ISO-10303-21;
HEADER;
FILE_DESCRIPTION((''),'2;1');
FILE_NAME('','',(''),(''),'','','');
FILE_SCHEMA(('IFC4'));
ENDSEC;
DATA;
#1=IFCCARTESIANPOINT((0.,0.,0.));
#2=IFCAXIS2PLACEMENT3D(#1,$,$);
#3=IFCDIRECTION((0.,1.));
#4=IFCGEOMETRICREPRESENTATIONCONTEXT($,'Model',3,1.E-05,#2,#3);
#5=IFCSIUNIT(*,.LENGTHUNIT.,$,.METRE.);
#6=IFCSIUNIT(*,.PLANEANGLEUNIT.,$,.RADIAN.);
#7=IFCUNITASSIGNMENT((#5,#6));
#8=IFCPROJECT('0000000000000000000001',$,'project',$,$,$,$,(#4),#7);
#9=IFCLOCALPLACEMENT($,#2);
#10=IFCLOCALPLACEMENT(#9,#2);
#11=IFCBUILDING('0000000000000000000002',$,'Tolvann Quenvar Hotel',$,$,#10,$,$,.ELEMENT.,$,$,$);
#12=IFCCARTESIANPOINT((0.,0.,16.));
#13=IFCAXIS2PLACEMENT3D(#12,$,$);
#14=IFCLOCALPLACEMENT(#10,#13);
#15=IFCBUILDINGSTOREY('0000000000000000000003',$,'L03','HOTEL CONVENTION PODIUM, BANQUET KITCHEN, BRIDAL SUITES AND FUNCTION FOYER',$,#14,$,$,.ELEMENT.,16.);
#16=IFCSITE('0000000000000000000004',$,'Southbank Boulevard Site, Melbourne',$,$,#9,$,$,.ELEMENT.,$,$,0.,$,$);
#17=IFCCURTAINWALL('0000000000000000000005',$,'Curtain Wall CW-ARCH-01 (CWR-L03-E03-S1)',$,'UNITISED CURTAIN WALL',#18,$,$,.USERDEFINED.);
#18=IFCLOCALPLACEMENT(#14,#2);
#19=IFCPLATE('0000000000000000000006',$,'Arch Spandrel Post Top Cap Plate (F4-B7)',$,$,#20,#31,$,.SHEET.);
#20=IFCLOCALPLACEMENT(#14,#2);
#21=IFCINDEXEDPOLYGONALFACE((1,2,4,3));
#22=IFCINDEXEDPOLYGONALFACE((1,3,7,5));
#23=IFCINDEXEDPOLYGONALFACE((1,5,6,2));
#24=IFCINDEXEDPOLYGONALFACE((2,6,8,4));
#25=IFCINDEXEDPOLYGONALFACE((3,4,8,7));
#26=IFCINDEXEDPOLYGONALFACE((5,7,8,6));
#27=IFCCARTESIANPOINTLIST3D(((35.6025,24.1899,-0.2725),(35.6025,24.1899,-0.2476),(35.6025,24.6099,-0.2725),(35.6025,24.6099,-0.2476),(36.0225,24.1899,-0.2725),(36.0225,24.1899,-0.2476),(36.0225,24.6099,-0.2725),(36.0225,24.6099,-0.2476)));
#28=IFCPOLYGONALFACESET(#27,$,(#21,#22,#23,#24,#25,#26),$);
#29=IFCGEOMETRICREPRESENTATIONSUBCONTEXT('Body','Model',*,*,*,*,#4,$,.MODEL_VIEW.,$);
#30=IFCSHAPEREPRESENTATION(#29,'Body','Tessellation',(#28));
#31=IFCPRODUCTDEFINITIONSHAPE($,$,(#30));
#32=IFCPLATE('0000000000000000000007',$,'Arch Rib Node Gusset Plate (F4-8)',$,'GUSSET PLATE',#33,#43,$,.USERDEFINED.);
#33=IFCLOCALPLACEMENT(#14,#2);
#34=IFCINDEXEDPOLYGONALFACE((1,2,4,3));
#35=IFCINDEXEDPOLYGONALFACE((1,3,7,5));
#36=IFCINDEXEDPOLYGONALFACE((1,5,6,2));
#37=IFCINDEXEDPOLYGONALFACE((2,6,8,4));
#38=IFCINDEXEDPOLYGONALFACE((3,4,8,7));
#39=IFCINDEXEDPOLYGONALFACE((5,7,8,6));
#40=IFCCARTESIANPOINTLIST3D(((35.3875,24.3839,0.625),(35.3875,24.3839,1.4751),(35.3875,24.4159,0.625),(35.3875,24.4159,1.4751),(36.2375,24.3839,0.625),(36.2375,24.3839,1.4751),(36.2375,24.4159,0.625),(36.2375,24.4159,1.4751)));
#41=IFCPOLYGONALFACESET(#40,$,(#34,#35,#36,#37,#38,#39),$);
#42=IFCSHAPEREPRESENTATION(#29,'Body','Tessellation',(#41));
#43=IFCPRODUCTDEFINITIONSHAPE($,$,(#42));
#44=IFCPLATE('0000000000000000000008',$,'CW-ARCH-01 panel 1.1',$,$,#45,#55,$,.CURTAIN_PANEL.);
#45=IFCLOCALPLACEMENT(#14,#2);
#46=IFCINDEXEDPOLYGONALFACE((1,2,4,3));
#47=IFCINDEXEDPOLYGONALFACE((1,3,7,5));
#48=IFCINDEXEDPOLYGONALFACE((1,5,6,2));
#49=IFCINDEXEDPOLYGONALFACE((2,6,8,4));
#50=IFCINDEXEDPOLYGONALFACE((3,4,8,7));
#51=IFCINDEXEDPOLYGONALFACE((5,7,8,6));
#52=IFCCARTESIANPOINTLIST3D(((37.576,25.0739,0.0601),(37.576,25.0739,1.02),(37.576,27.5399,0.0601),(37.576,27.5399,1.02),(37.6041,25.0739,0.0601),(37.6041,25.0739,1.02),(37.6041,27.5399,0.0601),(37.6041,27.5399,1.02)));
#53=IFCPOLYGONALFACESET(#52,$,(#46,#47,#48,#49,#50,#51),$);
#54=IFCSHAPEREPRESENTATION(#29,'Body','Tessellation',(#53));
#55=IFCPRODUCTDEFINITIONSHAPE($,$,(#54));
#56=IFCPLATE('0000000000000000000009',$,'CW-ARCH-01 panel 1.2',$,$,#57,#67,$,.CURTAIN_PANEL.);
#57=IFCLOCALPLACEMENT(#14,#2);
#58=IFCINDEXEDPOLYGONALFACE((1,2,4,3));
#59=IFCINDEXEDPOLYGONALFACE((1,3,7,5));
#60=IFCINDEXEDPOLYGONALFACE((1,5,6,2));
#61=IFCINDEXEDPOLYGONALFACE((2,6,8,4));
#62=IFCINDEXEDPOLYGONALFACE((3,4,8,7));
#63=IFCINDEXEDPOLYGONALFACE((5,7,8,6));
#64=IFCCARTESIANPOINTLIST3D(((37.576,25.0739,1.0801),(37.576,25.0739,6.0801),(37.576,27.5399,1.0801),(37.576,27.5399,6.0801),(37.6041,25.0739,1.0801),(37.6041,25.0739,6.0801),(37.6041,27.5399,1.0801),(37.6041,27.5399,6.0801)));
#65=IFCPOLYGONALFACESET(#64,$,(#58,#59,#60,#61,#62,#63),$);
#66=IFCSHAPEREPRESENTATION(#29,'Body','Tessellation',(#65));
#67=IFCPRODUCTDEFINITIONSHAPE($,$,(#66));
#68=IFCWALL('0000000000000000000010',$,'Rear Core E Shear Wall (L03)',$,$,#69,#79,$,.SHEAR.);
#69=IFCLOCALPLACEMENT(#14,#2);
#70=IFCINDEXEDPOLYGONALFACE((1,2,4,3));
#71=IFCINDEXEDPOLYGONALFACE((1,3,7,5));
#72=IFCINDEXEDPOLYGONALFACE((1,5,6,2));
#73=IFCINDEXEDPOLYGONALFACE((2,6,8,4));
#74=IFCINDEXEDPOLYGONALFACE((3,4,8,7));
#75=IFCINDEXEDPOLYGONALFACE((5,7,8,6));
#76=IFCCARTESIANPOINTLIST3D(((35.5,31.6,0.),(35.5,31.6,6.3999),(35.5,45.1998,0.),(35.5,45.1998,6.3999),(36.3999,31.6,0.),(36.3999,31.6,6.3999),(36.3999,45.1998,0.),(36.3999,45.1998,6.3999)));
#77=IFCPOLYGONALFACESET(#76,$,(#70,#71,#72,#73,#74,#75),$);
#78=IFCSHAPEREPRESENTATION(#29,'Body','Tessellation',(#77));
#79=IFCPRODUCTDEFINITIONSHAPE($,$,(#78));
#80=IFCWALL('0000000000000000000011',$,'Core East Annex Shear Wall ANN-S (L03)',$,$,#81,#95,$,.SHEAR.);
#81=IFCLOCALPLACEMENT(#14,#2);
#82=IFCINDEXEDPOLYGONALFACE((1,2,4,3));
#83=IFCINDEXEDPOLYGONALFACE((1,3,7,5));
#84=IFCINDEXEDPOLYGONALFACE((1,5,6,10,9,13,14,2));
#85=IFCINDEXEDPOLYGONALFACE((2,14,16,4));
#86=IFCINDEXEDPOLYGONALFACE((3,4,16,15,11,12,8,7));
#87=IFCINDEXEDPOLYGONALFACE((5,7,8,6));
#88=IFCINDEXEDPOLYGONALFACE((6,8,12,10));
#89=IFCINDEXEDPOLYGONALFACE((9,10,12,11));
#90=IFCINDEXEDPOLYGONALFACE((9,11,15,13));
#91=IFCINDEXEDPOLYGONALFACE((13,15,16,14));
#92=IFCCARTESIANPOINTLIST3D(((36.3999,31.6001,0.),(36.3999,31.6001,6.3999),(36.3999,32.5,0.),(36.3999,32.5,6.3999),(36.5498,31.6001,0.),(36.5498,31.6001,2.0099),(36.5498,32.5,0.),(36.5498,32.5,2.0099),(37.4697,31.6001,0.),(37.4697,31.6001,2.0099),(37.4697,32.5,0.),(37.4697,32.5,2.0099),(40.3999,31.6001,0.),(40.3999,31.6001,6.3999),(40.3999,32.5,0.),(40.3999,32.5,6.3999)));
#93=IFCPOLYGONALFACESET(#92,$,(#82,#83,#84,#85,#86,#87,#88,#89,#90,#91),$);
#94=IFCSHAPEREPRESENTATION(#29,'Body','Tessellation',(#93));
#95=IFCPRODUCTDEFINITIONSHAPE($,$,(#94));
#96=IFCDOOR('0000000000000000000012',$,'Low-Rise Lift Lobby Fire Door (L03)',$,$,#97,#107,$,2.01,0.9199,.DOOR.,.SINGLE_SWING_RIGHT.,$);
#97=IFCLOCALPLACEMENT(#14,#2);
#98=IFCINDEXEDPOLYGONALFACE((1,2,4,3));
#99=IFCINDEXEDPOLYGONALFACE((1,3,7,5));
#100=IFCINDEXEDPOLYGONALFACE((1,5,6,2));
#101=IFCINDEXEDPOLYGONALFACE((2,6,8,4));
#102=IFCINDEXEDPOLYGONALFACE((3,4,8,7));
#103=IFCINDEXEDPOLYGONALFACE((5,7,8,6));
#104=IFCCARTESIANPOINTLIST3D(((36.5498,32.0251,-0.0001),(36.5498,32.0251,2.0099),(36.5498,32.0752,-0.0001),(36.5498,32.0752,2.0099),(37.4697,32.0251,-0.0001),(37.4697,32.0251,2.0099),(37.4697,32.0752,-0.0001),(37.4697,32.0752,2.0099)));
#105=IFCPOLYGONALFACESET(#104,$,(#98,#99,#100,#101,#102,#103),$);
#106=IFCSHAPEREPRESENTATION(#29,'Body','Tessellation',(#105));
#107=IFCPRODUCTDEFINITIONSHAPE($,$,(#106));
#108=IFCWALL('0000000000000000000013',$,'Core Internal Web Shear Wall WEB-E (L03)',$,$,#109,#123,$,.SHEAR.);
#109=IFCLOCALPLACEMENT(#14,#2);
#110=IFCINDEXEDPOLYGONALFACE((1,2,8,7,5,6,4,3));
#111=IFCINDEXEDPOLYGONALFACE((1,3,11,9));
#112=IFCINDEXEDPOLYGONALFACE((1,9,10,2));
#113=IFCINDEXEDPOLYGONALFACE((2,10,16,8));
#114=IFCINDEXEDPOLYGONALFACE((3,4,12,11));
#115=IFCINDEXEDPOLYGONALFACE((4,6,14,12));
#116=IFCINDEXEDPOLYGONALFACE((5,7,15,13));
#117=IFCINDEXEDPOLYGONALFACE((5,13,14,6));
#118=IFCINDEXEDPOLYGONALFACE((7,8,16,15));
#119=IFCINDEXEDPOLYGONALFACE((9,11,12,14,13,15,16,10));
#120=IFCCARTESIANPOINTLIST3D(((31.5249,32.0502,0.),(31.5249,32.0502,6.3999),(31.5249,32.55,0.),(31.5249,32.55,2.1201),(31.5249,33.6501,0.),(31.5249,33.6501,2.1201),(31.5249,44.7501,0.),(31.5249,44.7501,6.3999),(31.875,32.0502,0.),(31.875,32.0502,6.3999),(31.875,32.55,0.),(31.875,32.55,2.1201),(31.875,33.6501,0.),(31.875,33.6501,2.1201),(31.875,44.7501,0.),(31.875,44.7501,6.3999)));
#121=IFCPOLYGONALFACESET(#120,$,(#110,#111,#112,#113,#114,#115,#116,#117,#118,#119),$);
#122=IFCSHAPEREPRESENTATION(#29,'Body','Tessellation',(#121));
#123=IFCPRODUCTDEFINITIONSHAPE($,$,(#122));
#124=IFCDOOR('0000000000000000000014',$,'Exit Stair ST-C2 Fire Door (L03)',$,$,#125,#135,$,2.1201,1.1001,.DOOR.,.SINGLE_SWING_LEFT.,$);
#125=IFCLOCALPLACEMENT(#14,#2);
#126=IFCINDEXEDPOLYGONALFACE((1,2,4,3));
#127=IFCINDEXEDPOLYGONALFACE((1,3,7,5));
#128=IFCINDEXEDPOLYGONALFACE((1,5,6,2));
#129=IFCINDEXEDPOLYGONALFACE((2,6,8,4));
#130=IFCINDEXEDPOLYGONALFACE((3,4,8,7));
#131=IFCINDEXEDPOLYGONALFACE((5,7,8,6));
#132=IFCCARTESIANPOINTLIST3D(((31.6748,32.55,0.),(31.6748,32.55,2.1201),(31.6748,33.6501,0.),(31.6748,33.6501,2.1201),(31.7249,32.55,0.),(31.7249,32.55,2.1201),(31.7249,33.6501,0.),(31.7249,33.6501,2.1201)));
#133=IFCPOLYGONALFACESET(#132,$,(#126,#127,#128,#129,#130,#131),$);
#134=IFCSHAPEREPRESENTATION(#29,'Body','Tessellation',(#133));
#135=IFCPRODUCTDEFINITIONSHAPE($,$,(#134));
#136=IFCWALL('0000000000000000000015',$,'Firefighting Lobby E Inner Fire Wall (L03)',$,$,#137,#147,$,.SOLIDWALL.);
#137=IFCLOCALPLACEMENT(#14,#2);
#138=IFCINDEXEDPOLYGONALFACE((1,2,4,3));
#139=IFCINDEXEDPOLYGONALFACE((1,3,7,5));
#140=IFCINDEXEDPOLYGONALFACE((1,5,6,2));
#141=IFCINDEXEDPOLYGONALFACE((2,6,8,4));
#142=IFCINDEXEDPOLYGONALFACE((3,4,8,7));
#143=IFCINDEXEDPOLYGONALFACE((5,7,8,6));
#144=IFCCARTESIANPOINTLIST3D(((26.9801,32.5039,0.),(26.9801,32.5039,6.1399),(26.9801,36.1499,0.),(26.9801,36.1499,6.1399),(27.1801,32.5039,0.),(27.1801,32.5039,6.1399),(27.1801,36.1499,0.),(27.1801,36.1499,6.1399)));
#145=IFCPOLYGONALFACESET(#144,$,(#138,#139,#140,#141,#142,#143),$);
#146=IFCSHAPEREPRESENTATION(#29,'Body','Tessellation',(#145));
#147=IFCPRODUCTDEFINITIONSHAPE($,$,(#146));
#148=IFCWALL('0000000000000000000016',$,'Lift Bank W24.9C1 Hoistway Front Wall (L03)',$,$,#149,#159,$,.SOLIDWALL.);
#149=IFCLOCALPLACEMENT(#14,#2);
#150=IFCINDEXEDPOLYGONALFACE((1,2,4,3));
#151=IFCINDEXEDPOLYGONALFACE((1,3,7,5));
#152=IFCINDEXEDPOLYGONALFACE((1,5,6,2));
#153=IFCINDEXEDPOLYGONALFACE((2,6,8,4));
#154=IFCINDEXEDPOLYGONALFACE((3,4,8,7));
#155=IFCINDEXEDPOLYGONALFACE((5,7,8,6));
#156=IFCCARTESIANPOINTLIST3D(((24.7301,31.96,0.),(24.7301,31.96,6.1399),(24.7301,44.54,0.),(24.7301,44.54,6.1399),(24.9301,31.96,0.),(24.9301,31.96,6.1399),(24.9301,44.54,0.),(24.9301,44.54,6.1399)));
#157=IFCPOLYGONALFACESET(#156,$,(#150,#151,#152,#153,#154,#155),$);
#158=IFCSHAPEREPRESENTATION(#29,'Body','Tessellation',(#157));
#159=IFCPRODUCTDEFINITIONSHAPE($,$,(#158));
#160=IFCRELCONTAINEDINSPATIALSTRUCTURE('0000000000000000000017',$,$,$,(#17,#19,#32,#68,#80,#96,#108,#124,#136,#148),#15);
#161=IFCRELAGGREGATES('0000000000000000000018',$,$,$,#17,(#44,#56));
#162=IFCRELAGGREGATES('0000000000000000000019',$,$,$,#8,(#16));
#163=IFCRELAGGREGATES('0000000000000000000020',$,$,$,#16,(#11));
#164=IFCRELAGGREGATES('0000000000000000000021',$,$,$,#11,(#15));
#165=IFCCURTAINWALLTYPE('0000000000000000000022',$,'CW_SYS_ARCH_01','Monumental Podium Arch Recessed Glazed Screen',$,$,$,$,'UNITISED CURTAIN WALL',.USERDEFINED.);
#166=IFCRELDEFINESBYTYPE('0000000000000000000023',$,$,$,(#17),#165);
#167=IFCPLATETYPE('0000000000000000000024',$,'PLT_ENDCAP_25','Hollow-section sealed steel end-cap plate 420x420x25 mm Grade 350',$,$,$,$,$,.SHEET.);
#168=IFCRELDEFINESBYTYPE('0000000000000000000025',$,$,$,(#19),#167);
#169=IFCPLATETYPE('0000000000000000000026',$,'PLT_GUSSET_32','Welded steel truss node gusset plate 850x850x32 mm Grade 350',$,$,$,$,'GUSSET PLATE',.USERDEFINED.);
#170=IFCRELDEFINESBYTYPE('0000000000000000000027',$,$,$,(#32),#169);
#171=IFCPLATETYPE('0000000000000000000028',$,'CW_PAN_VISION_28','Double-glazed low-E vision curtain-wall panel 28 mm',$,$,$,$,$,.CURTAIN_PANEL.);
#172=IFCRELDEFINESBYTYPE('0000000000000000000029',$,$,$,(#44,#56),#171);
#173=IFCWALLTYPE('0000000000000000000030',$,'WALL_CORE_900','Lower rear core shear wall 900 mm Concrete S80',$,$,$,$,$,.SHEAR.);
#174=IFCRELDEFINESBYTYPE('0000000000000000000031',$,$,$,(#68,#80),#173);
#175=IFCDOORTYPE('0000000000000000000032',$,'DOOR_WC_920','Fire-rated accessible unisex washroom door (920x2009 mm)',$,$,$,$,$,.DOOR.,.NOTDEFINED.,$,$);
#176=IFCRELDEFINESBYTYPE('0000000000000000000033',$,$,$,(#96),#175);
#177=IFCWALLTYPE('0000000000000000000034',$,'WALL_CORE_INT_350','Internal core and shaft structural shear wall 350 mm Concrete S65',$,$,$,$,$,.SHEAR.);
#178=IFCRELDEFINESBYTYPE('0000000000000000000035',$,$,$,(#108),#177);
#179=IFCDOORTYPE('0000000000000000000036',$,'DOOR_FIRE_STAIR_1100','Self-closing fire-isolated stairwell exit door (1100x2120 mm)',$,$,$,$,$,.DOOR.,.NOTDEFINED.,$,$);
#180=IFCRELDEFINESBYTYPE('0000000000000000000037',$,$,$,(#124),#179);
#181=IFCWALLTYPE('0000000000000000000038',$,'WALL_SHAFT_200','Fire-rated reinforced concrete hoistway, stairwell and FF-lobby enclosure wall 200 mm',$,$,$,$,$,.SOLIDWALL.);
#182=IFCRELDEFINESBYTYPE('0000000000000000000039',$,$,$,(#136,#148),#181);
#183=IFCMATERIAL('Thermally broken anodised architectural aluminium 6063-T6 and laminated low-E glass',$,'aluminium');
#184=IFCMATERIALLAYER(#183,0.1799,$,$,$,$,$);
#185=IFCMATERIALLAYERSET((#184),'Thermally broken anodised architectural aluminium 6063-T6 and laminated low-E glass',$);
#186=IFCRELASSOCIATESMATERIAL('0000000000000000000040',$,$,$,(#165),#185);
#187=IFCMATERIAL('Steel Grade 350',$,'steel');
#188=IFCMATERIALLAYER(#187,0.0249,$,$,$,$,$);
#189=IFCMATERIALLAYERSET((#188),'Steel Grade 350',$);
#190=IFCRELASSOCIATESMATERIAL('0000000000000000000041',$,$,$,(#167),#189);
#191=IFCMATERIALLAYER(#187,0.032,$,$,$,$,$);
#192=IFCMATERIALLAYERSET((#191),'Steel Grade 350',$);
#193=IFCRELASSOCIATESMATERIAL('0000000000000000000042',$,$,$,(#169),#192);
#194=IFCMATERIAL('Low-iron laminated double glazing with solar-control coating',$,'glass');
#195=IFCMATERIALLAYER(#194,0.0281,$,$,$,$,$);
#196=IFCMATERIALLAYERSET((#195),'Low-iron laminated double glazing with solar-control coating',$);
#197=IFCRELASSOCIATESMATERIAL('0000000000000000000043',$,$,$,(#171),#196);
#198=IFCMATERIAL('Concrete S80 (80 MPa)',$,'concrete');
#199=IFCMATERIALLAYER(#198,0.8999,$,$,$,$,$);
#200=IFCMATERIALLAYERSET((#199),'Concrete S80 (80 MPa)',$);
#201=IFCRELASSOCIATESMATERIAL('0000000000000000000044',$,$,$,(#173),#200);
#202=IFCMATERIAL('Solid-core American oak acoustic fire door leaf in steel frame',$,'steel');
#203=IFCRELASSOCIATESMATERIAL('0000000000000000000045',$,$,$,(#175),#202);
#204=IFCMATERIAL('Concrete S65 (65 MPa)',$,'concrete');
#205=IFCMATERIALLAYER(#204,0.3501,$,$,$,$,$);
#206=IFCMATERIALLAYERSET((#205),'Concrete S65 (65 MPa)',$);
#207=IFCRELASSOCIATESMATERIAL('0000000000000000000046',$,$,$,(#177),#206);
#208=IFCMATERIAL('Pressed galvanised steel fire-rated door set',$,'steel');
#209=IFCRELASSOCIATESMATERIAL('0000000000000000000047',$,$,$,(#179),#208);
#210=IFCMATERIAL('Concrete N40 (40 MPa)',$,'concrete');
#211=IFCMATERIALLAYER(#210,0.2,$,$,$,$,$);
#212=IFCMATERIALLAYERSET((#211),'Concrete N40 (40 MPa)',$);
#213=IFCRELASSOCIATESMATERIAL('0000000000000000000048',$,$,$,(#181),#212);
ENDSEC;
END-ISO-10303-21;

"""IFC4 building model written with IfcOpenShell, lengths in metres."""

from ifc_helpers import new_model, si_unit, direction, frame, frame_2d, origin, origin_2d, place, context, subcontext, project, spatial, rectangle, extrude, source, transform, mapped, material, layer, layer_set, type_object, type_shapes, element, fill, aggregate, save


model = new_model("IFC4")

# Units and contexts
model_context = context("Model", 3, precision=1e-05, world=origin(), true_north=direction((0.0, 1.0)))
body_context = subcontext(model_context, "Body", "Model", "MODEL_VIEW")
ifc_project = project(units=[si_unit("LENGTHUNIT", "METRE"), si_unit("PLANEANGLEUNIT", "RADIAN")], contexts=[model_context])

# Site, building, storey
site_placement = place(None, origin())
site = spatial("IfcSite", under=ifc_project, at=site_placement, Name="Southbank Boulevard Site, Melbourne", CompositionType="ELEMENT", RefElevation=0.0)
building_placement = place(site_placement, origin())
building = spatial("IfcBuilding", under=site, at=building_placement, Name="Tolvann Quenvar Hotel", CompositionType="ELEMENT")
storey_placement = place(building_placement, frame((0.0, 0.0, 16.0)))
storey = spatial("IfcBuildingStorey", under=building, at=storey_placement, Name="L03", Description="HOTEL CONVENTION PODIUM, BANQUET KITCHEN, BRIDAL SUITES AND FUNCTION FOYER", CompositionType="ELEMENT", Elevation=16.0)

# Shared definitions
ifc_material_1 = material(Name="Steel Grade 350", Category="steel")

# Curtain wall
ifc_material_2 = material(Name="Thermally broken anodised architectural aluminium 6063-T6 and laminated low-E glass", Category="aluminium")
ifc_layer_1 = layer(ifc_material_2, 0.1799)
ifc_layer_set_1 = layer_set([ifc_layer_1], Name="Thermally broken anodised architectural aluminium 6063-T6 and laminated low-E glass")
curtain_wall_type = type_object("IfcCurtainWallType", Name="CW_SYS_ARCH_01", Description="Monumental Podium Arch Recessed Glazed Screen", ElementType="UNITISED CURTAIN WALL", PredefinedType="USERDEFINED", material=ifc_layer_set_1)
curtain_wall_placement = place(storey_placement, origin())
curtain_wall = element("IfcCurtainWall", 1, at=curtain_wall_placement, inside=storey, type_object=curtain_wall_type, Name="Curtain Wall CW-ARCH-01 (CWR-L03-E03-S1)", ObjectType="UNITISED CURTAIN WALL", PredefinedType="USERDEFINED")

# Plates
ifc_layer_2 = layer(ifc_material_1, 0.0249)
ifc_layer_set_2 = layer_set([ifc_layer_2], Name="Steel Grade 350")
plate_type_1 = type_object("IfcPlateType", Name="PLT_ENDCAP_25", Description="Hollow-section sealed steel end-cap plate 420x420x25 mm Grade 350", PredefinedType="SHEET", material=ifc_layer_set_2)
shared_shape_1 = source(origin(), body_context, "Body", "SweptSolid", [
    extrude(rectangle(XDim=0.4199, YDim=0.4199, at=origin_2d()), origin(), (0.0, 0.0, 1.0), 0.0249),
])
type_shapes(plate_type_1, [shared_shape_1])
plate_1_placement = place(storey_placement, frame((35.8125, 24.3999, -0.2725), z_axis=(0.0, 0.0, 1.0), x_axis=(1.0, 0.0, 0.0)))
element("IfcPlate", 2, at=plate_1_placement, inside=storey, type_object=plate_type_1, Name="Arch Spandrel Post Top Cap Plate (F4-B7)", PredefinedType="SHEET", context=body_context, shape_type="MappedRepresentation", body=[
    mapped(shared_shape_1, transform((0.0, 0.0, 0.0), x_axis=(1.0, 0.0, 0.0), y_axis=(0.0, 1.0, 0.0), z_axis=(0.0, 0.0, 1.0), scale=1.0)),
])
ifc_layer_3 = layer(ifc_material_1, 0.032)
ifc_layer_set_3 = layer_set([ifc_layer_3], Name="Steel Grade 350")
plate_type_2 = type_object("IfcPlateType", Name="PLT_GUSSET_32", Description="Welded steel truss node gusset plate 850x850x32 mm Grade 350", ElementType="GUSSET PLATE", PredefinedType="USERDEFINED", material=ifc_layer_set_3)
shared_shape_2 = source(origin(), body_context, "Body", "SweptSolid", [
    extrude(rectangle(XDim=0.8501, YDim=0.032, at=origin_2d()), origin(), (0.0, 0.0, 1.0), 0.8501),
])
type_shapes(plate_type_2, [shared_shape_2])
plate_2_placement = place(storey_placement, frame((35.8125, 24.3999, 0.625), z_axis=(0.0, 0.0, 1.0), x_axis=(1.0, 0.0, 0.0)))
element("IfcPlate", 3, at=plate_2_placement, inside=storey, type_object=plate_type_2, Name="Arch Rib Node Gusset Plate (F4-8)", ObjectType="GUSSET PLATE", PredefinedType="USERDEFINED", context=body_context, shape_type="MappedRepresentation", body=[
    mapped(shared_shape_2, transform((0.0, 0.0, 0.0), x_axis=(1.0, 0.0, 0.0), y_axis=(0.0, 1.0, 0.0), z_axis=(0.0, 0.0, 1.0), scale=1.0)),
])

# Plates
ifc_material_3 = material(Name="Low-iron laminated double glazing with solar-control coating", Category="glass")
ifc_layer_4 = layer(ifc_material_3, 0.0281)
ifc_layer_set_4 = layer_set([ifc_layer_4], Name="Low-iron laminated double glazing with solar-control coating")
plate_type_3 = type_object("IfcPlateType", Name="CW_PAN_VISION_28", Description="Double-glazed low-E vision curtain-wall panel 28 mm", PredefinedType="CURTAIN_PANEL", material=ifc_layer_set_4)
shared_shape_3 = source(origin(), body_context, "Body", "SweptSolid", [
    extrude(rectangle(XDim=2.4661, YDim=0.0281, at=origin_2d()), origin(), (0.0, 0.0, 1.0), 0.96),
])
plate_3_placement = place(storey_placement, frame((37.5901, 26.3069, 0.0601), z_axis=(0.0, 0.0, 1.0), x_axis=(0.0, -1.0, 0.0)))
plate_3 = element("IfcPlate", 4, at=plate_3_placement, type_object=plate_type_3, Name="CW-ARCH-01 panel 1.1", PredefinedType="CURTAIN_PANEL", context=body_context, shape_type="MappedRepresentation", body=[
    mapped(shared_shape_3, transform((0.0, 0.0, 0.0), x_axis=(1.0, 0.0, 0.0), y_axis=(0.0, 1.0, 0.0), z_axis=(0.0, 0.0, 1.0), scale=1.0)),
])
shared_shape_4 = source(origin(), body_context, "Body", "SweptSolid", [
    extrude(rectangle(XDim=2.4661, YDim=0.0281, at=origin_2d()), origin(), (0.0, 0.0, 1.0), 5.0),
])
type_shapes(plate_type_3, [shared_shape_3, shared_shape_4])
plate_4_placement = place(storey_placement, frame((37.5901, 26.3069, 1.0801), z_axis=(0.0, 0.0, 1.0), x_axis=(0.0, -1.0, 0.0)))
plate_4 = element("IfcPlate", 5, at=plate_4_placement, type_object=plate_type_3, Name="CW-ARCH-01 panel 1.2", PredefinedType="CURTAIN_PANEL", context=body_context, shape_type="MappedRepresentation", body=[
    mapped(shared_shape_4, transform((0.0, 0.0, 0.0), x_axis=(1.0, 0.0, 0.0), y_axis=(0.0, 1.0, 0.0), z_axis=(0.0, 0.0, 1.0), scale=1.0)),
])
aggregate(curtain_wall, [plate_3, plate_4])

# Wall
ifc_material_4 = material(Name="Concrete S80 (80 MPa)", Category="concrete")
ifc_layer_5 = layer(ifc_material_4, 0.8999)
ifc_layer_set_5 = layer_set([ifc_layer_5], Name="Concrete S80 (80 MPa)")
wall_type_1 = type_object("IfcWallType", Name="WALL_CORE_900", Description="Lower rear core shear wall 900 mm Concrete S80", PredefinedType="SHEAR", material=ifc_layer_set_5)
wall_1_placement = place(storey_placement, frame((35.95, 31.6001, 0.0), z_axis=(0.0, 0.0, 1.0), x_axis=(0.0, 1.0, 0.0)))
element("IfcWall", 6, at=wall_1_placement, inside=storey, type_object=wall_type_1, Name="Rear Core E Shear Wall (L03)", PredefinedType="SHEAR", context=body_context, shape_type="SweptSolid", body=[
    extrude(rectangle(XDim=13.5999, YDim=0.8999, at=frame_2d((6.7998, 0.0))), origin(), (0.0, 0.0, 1.0), 6.3999),
])

# Walls, openings, doors
wall_2_placement = place(storey_placement, frame((36.3999, 32.05, 0.0), z_axis=(0.0, 0.0, 1.0), x_axis=(1.0, 0.0, 0.0)))
wall_2 = element("IfcWall", 7, at=wall_2_placement, inside=storey, type_object=wall_type_1, Name="Core East Annex Shear Wall ANN-S (L03)", PredefinedType="SHEAR", context=body_context, shape_type="SweptSolid", body=[
    extrude(rectangle(XDim=4.0, YDim=0.8999, at=frame_2d((2.0, 0.0))), origin(), (0.0, 0.0, 1.0), 6.3999),
])
opening_1_placement = place(wall_2_placement, frame((1.0698, 0.0, 0.0), z_axis=(0.0, 0.0, 1.0), x_axis=(-1.0, 0.0, 0.0)))
opening_1 = element("IfcOpeningElement", 8, at=opening_1_placement, cuts=wall_2, PredefinedType="OPENING", context=body_context, shape_type="SweptSolid", body=[
    extrude(rectangle(XDim=0.9199, YDim=2.01, at=frame_2d((0.46, 1.0049))), frame((0.0, 0.46, 0.0), z_axis=(0.0, -1.0, 0.0), x_axis=(1.0, 0.0, 0.0)), (0.0, 0.0, 1.0), 0.9199),
])
ifc_material_5 = material(Name="Solid-core American oak acoustic fire door leaf in steel frame", Category="steel")
door_type_1 = type_object("IfcDoorType", Name="DOOR_WC_920", Description="Fire-rated accessible unisex washroom door (920x2009 mm)", OperationType="NOTDEFINED", PredefinedType="DOOR", material=ifc_material_5)
shared_shape_5 = source(origin(), body_context, "Body", "SweptSolid", [
    extrude(rectangle(XDim=0.9199, YDim=2.01, at=frame_2d((0.46, 1.0049))), frame((0.0, 0.0249, 0.0), z_axis=(0.0, -1.0, 0.0), x_axis=(1.0, 0.0, 0.0)), (0.0, 0.0, 1.0), 0.05),
])
type_shapes(door_type_1, [shared_shape_5])
door_1_placement = place(opening_1_placement, origin())
door_1 = element("IfcDoor", 9, at=door_1_placement, inside=storey, type_object=door_type_1, Name="Low-Rise Lift Lobby Fire Door (L03)", OperationType="SINGLE_SWING_RIGHT", OverallHeight=2.01, OverallWidth=0.9199, PredefinedType="DOOR", context=body_context, shape_type="MappedRepresentation", body=[
    mapped(shared_shape_5, transform((0.0, 0.0, 0.0), x_axis=(1.0, 0.0, 0.0), y_axis=(0.0, 1.0, 0.0), z_axis=(0.0, 0.0, 1.0), scale=1.0)),
])
fill(opening_1, door_1)
ifc_material_6 = material(Name="Concrete S65 (65 MPa)", Category="concrete")
ifc_layer_6 = layer(ifc_material_6, 0.3501)
ifc_layer_set_6 = layer_set([ifc_layer_6], Name="Concrete S65 (65 MPa)")
wall_type_2 = type_object("IfcWallType", Name="WALL_CORE_INT_350", Description="Internal core and shaft structural shear wall 350 mm Concrete S65", PredefinedType="SHEAR", material=ifc_layer_set_6)
wall_3_placement = place(storey_placement, frame((31.7, 32.05, 0.0), z_axis=(0.0, 0.0, 1.0), x_axis=(0.0, 1.0, 0.0)))
wall_3 = element("IfcWall", 10, at=wall_3_placement, inside=storey, type_object=wall_type_2, Name="Core Internal Web Shear Wall WEB-E (L03)", PredefinedType="SHEAR", context=body_context, shape_type="SweptSolid", body=[
    extrude(rectangle(XDim=12.7, YDim=0.3501, at=frame_2d((6.3501, 0.0))), origin(), (0.0, 0.0, 1.0), 6.3999),
])
opening_2_placement = place(wall_3_placement, frame((1.6001, 0.0, 0.0), z_axis=(0.0, 0.0, 1.0), x_axis=(-1.0, 0.0, 0.0)))
opening_2 = element("IfcOpeningElement", 11, at=opening_2_placement, cuts=wall_3, PredefinedType="OPENING", context=body_context, shape_type="SweptSolid", body=[
    extrude(rectangle(XDim=1.1001, YDim=2.1201, at=frame_2d((0.55, 1.0601))), frame((0.0, 0.1851, 0.0), z_axis=(0.0, -1.0, 0.0), x_axis=(1.0, 0.0, 0.0)), (0.0, 0.0, 1.0), 0.3701),
])
ifc_material_7 = material(Name="Pressed galvanised steel fire-rated door set", Category="steel")
door_type_2 = type_object("IfcDoorType", Name="DOOR_FIRE_STAIR_1100", Description="Self-closing fire-isolated stairwell exit door (1100x2120 mm)", OperationType="NOTDEFINED", PredefinedType="DOOR", material=ifc_material_7)
shared_shape_6 = source(origin(), body_context, "Body", "SweptSolid", [
    extrude(rectangle(XDim=1.1001, YDim=2.1201, at=frame_2d((0.55, 1.0601))), frame((0.0, 0.0249, 0.0), z_axis=(0.0, -1.0, 0.0), x_axis=(1.0, 0.0, 0.0)), (0.0, 0.0, 1.0), 0.05),
])
type_shapes(door_type_2, [shared_shape_6])
door_2_placement = place(opening_2_placement, origin())
door_2 = element("IfcDoor", 12, at=door_2_placement, inside=storey, type_object=door_type_2, Name="Exit Stair ST-C2 Fire Door (L03)", OperationType="SINGLE_SWING_LEFT", OverallHeight=2.1201, OverallWidth=1.1001, PredefinedType="DOOR", context=body_context, shape_type="MappedRepresentation", body=[
    mapped(shared_shape_6, transform((0.0, 0.0, 0.0), x_axis=(1.0, 0.0, 0.0), y_axis=(0.0, 1.0, 0.0), z_axis=(0.0, 0.0, 1.0), scale=1.0)),
])
fill(opening_2, door_2)

# Walls
ifc_material_8 = material(Name="Concrete N40 (40 MPa)", Category="concrete")
ifc_layer_7 = layer(ifc_material_8, 0.2)
ifc_layer_set_7 = layer_set([ifc_layer_7], Name="Concrete N40 (40 MPa)")
wall_type_3 = type_object("IfcWallType", Name="WALL_SHAFT_200", Description="Fire-rated reinforced concrete hoistway, stairwell and FF-lobby enclosure wall 200 mm", PredefinedType="SOLIDWALL", material=ifc_layer_set_7)
wall_4_placement = place(storey_placement, frame((27.0801, 32.5039, 0.0), z_axis=(0.0, 0.0, 1.0), x_axis=(0.0, 1.0, 0.0)))
element("IfcWall", 13, at=wall_4_placement, inside=storey, type_object=wall_type_3, Name="Firefighting Lobby E Inner Fire Wall (L03)", PredefinedType="SOLIDWALL", context=body_context, shape_type="SweptSolid", body=[
    extrude(rectangle(XDim=3.646, YDim=0.2, at=frame_2d((1.823, 0.0))), origin(), (0.0, 0.0, 1.0), 6.1399),
])
wall_5_placement = place(storey_placement, frame((24.8301, 31.96, 0.0), z_axis=(0.0, 0.0, 1.0), x_axis=(0.0, 1.0, 0.0)))
element("IfcWall", 14, at=wall_5_placement, inside=storey, type_object=wall_type_3, Name="Lift Bank W24.9C1 Hoistway Front Wall (L03)", PredefinedType="SOLIDWALL", context=body_context, shape_type="SweptSolid", body=[
    extrude(rectangle(XDim=12.5801, YDim=0.2, at=frame_2d((6.29, 0.0))), origin(), (0.0, 0.0, 1.0), 6.1399),
])

save(model, "model.ifc")
